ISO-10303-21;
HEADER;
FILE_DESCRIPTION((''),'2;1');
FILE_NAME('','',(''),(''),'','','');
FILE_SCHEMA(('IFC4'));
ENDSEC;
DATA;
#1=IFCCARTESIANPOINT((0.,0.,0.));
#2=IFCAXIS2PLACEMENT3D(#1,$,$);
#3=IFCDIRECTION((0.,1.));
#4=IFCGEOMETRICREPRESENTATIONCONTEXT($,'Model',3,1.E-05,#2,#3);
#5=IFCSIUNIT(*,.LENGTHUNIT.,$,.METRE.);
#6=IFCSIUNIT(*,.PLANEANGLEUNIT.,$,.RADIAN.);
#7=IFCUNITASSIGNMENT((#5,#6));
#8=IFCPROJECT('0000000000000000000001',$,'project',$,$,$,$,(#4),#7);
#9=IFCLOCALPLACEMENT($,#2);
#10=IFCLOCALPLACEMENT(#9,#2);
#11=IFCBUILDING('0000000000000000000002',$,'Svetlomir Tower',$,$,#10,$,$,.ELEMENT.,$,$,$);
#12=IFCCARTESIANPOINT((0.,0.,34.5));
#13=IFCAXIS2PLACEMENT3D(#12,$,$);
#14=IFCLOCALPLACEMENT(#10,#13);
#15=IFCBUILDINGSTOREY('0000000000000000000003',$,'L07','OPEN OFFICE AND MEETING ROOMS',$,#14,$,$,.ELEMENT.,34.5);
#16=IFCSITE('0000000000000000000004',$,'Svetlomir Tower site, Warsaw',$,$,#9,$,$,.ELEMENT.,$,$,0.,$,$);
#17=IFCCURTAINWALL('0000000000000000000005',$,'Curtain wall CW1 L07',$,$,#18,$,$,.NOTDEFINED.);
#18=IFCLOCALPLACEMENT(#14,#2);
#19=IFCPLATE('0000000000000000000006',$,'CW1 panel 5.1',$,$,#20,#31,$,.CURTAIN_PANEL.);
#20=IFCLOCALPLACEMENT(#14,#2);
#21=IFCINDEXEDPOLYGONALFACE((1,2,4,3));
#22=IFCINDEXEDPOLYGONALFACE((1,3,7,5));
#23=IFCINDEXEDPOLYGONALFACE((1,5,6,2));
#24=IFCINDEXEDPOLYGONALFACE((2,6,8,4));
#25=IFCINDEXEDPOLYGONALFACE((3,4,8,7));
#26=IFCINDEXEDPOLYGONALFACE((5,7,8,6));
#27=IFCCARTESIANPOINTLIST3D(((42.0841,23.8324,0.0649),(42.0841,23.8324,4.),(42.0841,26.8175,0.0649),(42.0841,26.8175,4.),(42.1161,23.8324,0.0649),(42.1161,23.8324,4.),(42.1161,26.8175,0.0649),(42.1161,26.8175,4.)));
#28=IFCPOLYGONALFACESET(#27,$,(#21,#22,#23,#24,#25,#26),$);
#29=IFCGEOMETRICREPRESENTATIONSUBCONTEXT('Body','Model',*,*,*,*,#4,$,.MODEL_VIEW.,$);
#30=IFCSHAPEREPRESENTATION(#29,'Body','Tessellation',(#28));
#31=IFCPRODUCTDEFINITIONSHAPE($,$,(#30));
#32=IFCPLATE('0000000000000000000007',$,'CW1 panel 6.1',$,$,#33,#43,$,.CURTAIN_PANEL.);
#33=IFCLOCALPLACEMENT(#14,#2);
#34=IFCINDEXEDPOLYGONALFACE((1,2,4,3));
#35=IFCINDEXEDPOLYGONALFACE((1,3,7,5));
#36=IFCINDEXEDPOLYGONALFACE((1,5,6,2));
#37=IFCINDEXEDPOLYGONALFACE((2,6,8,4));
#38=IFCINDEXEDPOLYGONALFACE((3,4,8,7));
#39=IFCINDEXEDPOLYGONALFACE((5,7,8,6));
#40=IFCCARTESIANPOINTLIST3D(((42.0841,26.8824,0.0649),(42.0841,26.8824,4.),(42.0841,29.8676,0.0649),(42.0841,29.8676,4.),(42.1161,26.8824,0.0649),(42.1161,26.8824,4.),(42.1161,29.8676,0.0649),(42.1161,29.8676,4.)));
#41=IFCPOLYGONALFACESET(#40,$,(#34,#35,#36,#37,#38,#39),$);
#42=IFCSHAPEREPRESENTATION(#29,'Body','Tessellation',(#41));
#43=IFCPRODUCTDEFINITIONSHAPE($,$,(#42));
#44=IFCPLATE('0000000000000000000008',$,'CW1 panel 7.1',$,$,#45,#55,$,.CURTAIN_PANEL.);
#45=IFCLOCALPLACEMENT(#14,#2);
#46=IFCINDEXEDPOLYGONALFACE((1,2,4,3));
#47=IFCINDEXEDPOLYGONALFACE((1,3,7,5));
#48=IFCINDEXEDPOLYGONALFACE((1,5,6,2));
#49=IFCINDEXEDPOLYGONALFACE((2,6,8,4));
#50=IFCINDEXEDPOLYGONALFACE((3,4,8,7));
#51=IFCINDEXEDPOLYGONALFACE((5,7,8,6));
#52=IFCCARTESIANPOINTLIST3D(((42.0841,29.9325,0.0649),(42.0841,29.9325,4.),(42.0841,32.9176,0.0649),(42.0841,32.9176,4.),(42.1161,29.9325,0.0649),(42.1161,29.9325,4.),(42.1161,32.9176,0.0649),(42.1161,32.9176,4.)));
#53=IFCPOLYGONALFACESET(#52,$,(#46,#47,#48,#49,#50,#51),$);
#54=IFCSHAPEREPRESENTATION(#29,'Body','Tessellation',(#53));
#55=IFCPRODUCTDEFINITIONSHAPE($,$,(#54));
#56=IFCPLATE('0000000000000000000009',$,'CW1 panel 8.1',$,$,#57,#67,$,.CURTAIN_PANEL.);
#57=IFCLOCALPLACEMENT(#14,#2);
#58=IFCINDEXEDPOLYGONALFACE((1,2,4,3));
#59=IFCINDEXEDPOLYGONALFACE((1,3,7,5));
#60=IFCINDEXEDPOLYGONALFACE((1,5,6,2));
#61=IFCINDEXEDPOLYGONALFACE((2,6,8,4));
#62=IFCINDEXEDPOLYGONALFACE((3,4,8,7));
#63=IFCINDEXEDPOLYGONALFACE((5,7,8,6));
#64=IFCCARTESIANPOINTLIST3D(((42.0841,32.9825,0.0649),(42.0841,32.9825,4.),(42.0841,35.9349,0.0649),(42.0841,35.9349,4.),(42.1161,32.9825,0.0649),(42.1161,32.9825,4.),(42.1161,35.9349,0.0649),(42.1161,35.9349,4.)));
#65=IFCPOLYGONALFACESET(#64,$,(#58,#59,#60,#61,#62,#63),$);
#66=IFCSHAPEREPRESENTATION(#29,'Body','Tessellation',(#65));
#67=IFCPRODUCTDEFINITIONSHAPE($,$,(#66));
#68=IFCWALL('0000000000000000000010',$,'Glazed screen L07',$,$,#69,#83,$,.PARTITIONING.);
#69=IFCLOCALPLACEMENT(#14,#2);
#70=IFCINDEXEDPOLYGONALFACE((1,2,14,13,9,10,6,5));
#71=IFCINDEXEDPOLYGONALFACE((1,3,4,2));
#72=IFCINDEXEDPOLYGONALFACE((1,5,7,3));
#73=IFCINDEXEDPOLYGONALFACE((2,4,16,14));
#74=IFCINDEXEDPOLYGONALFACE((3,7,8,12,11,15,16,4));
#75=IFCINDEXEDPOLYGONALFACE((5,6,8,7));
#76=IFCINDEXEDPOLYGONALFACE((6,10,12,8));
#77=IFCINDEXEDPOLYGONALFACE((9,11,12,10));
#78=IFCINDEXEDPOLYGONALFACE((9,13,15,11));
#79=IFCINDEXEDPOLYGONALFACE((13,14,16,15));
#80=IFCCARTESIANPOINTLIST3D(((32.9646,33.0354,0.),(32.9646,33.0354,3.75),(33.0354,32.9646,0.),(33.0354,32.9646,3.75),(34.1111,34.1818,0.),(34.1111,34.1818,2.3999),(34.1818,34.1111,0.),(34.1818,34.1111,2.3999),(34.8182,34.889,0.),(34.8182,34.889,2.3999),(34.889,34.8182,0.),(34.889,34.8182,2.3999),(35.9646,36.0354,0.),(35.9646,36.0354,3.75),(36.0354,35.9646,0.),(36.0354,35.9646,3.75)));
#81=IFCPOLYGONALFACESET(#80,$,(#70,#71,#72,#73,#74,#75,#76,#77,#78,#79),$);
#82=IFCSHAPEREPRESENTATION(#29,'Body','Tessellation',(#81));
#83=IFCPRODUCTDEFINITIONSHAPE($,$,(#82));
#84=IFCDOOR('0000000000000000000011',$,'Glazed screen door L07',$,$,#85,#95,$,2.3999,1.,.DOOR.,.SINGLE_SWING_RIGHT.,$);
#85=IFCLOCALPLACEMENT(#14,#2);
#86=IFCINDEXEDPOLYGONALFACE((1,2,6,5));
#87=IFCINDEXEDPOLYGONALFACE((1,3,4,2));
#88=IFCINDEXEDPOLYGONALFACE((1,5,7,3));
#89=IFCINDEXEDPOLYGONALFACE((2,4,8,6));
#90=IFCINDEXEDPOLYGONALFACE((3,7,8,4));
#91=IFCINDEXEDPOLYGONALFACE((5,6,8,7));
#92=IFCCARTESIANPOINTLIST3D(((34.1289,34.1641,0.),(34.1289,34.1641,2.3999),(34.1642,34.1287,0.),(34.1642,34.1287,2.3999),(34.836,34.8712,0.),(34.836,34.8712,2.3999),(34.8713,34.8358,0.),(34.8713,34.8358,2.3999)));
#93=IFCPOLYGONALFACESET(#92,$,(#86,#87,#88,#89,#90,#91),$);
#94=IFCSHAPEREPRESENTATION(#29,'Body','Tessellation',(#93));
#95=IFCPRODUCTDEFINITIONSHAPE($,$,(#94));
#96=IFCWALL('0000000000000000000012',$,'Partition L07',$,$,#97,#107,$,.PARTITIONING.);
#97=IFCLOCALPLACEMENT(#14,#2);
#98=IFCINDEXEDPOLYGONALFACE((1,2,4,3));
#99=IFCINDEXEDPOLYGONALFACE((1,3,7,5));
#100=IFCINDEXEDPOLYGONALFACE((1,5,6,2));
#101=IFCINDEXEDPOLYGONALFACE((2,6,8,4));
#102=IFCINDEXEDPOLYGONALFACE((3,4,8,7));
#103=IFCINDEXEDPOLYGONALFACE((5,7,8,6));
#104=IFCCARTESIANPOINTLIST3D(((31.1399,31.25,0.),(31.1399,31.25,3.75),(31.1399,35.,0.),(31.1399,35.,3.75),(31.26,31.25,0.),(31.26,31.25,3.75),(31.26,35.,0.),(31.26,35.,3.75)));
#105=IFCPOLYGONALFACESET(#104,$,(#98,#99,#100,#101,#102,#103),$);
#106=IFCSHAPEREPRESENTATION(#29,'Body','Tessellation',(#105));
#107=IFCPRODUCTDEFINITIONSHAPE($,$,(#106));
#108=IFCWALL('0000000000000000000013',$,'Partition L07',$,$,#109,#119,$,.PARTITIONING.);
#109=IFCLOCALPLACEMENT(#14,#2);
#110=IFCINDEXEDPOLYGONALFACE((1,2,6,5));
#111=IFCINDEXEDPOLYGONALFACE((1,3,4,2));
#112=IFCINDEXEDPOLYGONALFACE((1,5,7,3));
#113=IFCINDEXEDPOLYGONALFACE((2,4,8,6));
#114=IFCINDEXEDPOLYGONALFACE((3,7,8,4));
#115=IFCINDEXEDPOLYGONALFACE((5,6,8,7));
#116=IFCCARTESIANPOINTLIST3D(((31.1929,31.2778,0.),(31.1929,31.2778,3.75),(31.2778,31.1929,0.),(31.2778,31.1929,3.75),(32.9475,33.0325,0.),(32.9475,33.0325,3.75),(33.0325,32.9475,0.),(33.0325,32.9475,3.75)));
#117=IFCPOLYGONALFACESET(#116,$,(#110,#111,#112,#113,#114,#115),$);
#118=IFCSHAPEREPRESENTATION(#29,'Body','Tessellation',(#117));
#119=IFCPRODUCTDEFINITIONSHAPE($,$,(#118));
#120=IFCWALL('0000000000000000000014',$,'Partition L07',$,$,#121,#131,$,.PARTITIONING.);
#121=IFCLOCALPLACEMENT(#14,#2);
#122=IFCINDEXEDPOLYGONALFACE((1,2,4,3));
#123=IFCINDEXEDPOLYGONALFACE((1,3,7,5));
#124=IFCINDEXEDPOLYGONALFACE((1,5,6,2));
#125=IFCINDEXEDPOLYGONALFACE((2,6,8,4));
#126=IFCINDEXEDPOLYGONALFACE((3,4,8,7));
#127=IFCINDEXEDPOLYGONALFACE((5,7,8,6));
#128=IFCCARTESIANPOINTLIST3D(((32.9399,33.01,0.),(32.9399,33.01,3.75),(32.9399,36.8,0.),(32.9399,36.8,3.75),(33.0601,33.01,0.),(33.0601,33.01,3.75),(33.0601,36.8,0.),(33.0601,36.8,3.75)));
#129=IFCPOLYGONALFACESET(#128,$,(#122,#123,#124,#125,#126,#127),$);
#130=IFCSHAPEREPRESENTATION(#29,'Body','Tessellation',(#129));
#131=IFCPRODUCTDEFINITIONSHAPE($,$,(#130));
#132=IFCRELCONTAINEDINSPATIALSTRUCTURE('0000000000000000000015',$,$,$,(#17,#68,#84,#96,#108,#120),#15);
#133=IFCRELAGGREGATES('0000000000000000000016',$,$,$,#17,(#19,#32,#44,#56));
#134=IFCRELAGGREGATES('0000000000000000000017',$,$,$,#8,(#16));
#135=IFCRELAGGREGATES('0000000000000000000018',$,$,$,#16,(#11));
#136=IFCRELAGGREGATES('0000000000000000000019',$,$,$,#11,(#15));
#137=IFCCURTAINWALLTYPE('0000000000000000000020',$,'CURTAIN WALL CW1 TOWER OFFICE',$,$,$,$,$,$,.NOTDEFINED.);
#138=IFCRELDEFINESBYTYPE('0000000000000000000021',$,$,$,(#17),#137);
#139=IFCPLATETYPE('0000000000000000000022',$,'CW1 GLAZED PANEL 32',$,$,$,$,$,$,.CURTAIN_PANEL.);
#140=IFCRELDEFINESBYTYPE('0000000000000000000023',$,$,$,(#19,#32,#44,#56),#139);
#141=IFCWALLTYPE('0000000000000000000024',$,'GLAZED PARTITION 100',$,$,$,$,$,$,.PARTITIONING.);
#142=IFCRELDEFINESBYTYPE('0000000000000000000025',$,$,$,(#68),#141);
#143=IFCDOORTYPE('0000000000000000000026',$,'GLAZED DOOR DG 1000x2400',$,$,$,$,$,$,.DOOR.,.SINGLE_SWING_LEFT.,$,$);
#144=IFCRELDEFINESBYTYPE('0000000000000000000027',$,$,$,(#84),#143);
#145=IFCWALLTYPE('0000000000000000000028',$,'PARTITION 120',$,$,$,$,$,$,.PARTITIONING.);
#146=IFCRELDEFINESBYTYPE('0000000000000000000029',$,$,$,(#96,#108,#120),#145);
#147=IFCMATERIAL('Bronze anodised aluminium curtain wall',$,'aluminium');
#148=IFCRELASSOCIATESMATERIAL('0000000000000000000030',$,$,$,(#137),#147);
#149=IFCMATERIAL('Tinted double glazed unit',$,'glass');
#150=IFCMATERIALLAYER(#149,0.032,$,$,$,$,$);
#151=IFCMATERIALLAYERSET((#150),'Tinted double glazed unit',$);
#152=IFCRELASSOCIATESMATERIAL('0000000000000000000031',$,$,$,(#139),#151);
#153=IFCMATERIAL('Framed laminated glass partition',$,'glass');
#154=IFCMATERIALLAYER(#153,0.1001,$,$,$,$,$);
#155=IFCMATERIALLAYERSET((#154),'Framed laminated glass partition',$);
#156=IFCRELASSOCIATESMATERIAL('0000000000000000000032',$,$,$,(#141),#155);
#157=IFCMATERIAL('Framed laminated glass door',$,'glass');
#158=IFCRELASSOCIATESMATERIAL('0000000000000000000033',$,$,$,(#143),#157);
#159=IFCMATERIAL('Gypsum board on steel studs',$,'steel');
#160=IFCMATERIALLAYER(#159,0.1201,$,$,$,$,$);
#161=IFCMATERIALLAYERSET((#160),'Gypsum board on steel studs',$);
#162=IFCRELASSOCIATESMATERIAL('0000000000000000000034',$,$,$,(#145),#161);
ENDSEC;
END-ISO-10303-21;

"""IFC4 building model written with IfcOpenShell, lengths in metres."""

from ifc_helpers import new_model, si_unit, direction, frame, frame_2d, origin, origin_2d, place, context, subcontext, project, spatial, rectangle, extrude, material, layer, layer_set, type_object, element, fill, aggregate, save


model = new_model("IFC4")

# Units and contexts
model_context = context("Model", 3, precision=1e-05, world=origin(), true_north=direction((0.0, 1.0)))
body_context = subcontext(model_context, "Body", "Model", "MODEL_VIEW")
ifc_project = project(units=[si_unit("LENGTHUNIT", "METRE"), si_unit("PLANEANGLEUNIT", "RADIAN")], contexts=[model_context])

# Site, building, storey
site_placement = place(None, origin())
site = spatial("IfcSite", under=ifc_project, at=site_placement, Name="Svetlomir Tower site, Warsaw", CompositionType="ELEMENT", RefElevation=0.0)
building_placement = place(site_placement, origin())
building = spatial("IfcBuilding", under=site, at=building_placement, Name="Svetlomir Tower", CompositionType="ELEMENT")
storey_placement = place(building_placement, frame((0.0, 0.0, 34.5)))
storey = spatial("IfcBuildingStorey", under=building, at=storey_placement, Name="L07", Description="OPEN OFFICE AND MEETING ROOMS", CompositionType="ELEMENT", Elevation=34.5)

# Curtain wall
ifc_material_1 = material(Name="Bronze anodised aluminium curtain wall", Category="aluminium")
curtain_wall_type = type_object("IfcCurtainWallType", Name="CURTAIN WALL CW1 TOWER OFFICE", PredefinedType="NOTDEFINED", material=ifc_material_1)
curtain_wall_placement = place(storey_placement, origin())
curtain_wall = element("IfcCurtainWall", 1, at=curtain_wall_placement, inside=storey, type_object=curtain_wall_type, Name="Curtain wall CW1 L07", PredefinedType="NOTDEFINED")

# Plates
ifc_material_2 = material(Name="Tinted double glazed unit", Category="glass")
ifc_layer_1 = layer(ifc_material_2, 0.032)
ifc_layer_set_1 = layer_set([ifc_layer_1], Name="Tinted double glazed unit")
plate_type = type_object("IfcPlateType", Name="CW1 GLAZED PANEL 32", PredefinedType="CURTAIN_PANEL", material=ifc_layer_set_1)
plate_1_placement = place(storey_placement, frame((42.1001, 25.325, 0.0649), z_axis=(0.0, 0.0, 1.0), x_axis=(0.0, 1.0, 0.0)))
plate_1 = element("IfcPlate", 2, at=plate_1_placement, type_object=plate_type, Name="CW1 panel 5.1", PredefinedType="CURTAIN_PANEL", context=body_context, shape_type="SweptSolid", body=[
    extrude(rectangle(XDim=2.9851, YDim=0.032, at=origin_2d()), origin(), (0.0, 0.0, 1.0), 3.9351),
])
plate_2_placement = place(storey_placement, frame((42.1001, 28.375, 0.0649), z_axis=(0.0, 0.0, 1.0), x_axis=(0.0, 1.0, 0.0)))
plate_2 = element("IfcPlate", 3, at=plate_2_placement, type_object=plate_type, Name="CW1 panel 6.1", PredefinedType="CURTAIN_PANEL", context=body_context, shape_type="SweptSolid", body=[
    extrude(rectangle(XDim=2.9851, YDim=0.032, at=origin_2d()), origin(), (0.0, 0.0, 1.0), 3.9351),
])
plate_3_placement = place(storey_placement, frame((42.1001, 31.425, 0.0649), z_axis=(0.0, 0.0, 1.0), x_axis=(0.0, 1.0, 0.0)))
plate_3 = element("IfcPlate", 4, at=plate_3_placement, type_object=plate_type, Name="CW1 panel 7.1", PredefinedType="CURTAIN_PANEL", context=body_context, shape_type="SweptSolid", body=[
    extrude(rectangle(XDim=2.9851, YDim=0.032, at=origin_2d()), origin(), (0.0, 0.0, 1.0), 3.9351),
])
plate_4_placement = place(storey_placement, frame((42.1001, 34.4587, 0.0649), z_axis=(0.0, 0.0, 1.0), x_axis=(0.0, 1.0, 0.0)))
plate_4 = element("IfcPlate", 5, at=plate_4_placement, type_object=plate_type, Name="CW1 panel 8.1", PredefinedType="CURTAIN_PANEL", context=body_context, shape_type="SweptSolid", body=[
    extrude(rectangle(XDim=2.9524, YDim=0.032, at=origin_2d()), origin(), (0.0, 0.0, 1.0), 3.9351),
])
aggregate(curtain_wall, [plate_1, plate_2, plate_3, plate_4])

# Wall, opening, door
ifc_material_3 = material(Name="Framed laminated glass partition", Category="glass")
ifc_layer_2 = layer(ifc_material_3, 0.1001)
ifc_layer_set_2 = layer_set([ifc_layer_2], Name="Framed laminated glass partition")
wall_type_1 = type_object("IfcWallType", Name="GLAZED PARTITION 100", PredefinedType="PARTITIONING", material=ifc_layer_set_2)
wall_1_placement = place(storey_placement, frame((33.0, 33.0, 0.0), z_axis=(0.0, 0.0, 1.0), x_axis=(0.707107, 0.707107, 0.0)))
wall_1 = element("IfcWall", 6, at=wall_1_placement, inside=storey, type_object=wall_type_1, Name="Glazed screen L07", PredefinedType="PARTITIONING", context=body_context, shape_type="SweptSolid", body=[
    extrude(rectangle(XDim=4.2427, YDim=0.1001, at=frame_2d((2.1213, 0.0))), origin(), (0.0, 0.0, 1.0), 3.75),
])
opening_placement = place(wall_1_placement, frame((1.6213, 0.0, 0.0)))
opening = element("IfcOpeningElement", 7, at=opening_placement, cuts=wall_1, PredefinedType="OPENING", context=body_context, shape_type="SweptSolid", body=[
    extrude(rectangle(XDim=1.0, YDim=2.3999, at=frame_2d((0.5, 1.2))), frame((0.0, 0.0601, 0.0), z_axis=(0.0, -1.0, 0.0), x_axis=(1.0, 0.0, 0.0)), (0.0, 0.0, 1.0), 0.1201),
])
ifc_material_4 = material(Name="Framed laminated glass door", Category="glass")
door_type = type_object("IfcDoorType", Name="GLAZED DOOR DG 1000x2400", OperationType="SINGLE_SWING_LEFT", PredefinedType="DOOR", material=ifc_material_4)
door_placement = place(opening_placement, origin())
door = element("IfcDoor", 8, at=door_placement, inside=storey, type_object=door_type, Name="Glazed screen door L07", OperationType="SINGLE_SWING_RIGHT", OverallHeight=2.3999, OverallWidth=1.0, PredefinedType="DOOR", context=body_context, shape_type="SweptSolid", body=[
    extrude(rectangle(XDim=1.0, YDim=2.3999, at=frame_2d((0.5, 1.2))), frame((0.0, 0.0249, 0.0), z_axis=(0.0, -1.0, 0.0), x_axis=(1.0, 0.0, 0.0)), (0.0, 0.0, 1.0), 0.05),
])
fill(opening, door)

# Walls
ifc_material_5 = material(Name="Gypsum board on steel studs", Category="steel")
ifc_layer_3 = layer(ifc_material_5, 0.1201)
ifc_layer_set_3 = layer_set([ifc_layer_3], Name="Gypsum board on steel studs")
wall_type_2 = type_object("IfcWallType", Name="PARTITION 120", PredefinedType="PARTITIONING", material=ifc_layer_set_3)
wall_2_placement = place(storey_placement, frame((31.2, 31.25, 0.0), z_axis=(0.0, 0.0, 1.0), x_axis=(0.0, 1.0, 0.0)))
element("IfcWall", 9, at=wall_2_placement, inside=storey, type_object=wall_type_2, Name="Partition L07", PredefinedType="PARTITIONING", context=body_context, shape_type="SweptSolid", body=[
    extrude(rectangle(XDim=3.75, YDim=0.1201, at=frame_2d((1.875, 0.0))), origin(), (0.0, 0.0, 1.0), 3.75),
])
wall_3_placement = place(storey_placement, frame((31.2354, 31.2354, 0.0), z_axis=(0.0, 0.0, 1.0), x_axis=(0.707107, 0.707107, 0.0)))
element("IfcWall", 10, at=wall_3_placement, inside=storey, type_object=wall_type_2, Name="Partition L07", PredefinedType="PARTITIONING", context=body_context, shape_type="SweptSolid", body=[
    extrude(rectangle(XDim=2.4814, YDim=0.1201, at=frame_2d((1.2407, 0.0))), origin(), (0.0, 0.0, 1.0), 3.75),
])
wall_4_placement = place(storey_placement, frame((33.0, 33.01, 0.0), z_axis=(0.0, 0.0, 1.0), x_axis=(0.0, 1.0, 0.0)))
element("IfcWall", 11, at=wall_4_placement, inside=storey, type_object=wall_type_2, Name="Partition L07", PredefinedType="PARTITIONING", context=body_context, shape_type="SweptSolid", body=[
    extrude(rectangle(XDim=3.79, YDim=0.1201, at=frame_2d((1.895, 0.0))), origin(), (0.0, 0.0, 1.0), 3.75),
])

save(model, "model.ifc")
